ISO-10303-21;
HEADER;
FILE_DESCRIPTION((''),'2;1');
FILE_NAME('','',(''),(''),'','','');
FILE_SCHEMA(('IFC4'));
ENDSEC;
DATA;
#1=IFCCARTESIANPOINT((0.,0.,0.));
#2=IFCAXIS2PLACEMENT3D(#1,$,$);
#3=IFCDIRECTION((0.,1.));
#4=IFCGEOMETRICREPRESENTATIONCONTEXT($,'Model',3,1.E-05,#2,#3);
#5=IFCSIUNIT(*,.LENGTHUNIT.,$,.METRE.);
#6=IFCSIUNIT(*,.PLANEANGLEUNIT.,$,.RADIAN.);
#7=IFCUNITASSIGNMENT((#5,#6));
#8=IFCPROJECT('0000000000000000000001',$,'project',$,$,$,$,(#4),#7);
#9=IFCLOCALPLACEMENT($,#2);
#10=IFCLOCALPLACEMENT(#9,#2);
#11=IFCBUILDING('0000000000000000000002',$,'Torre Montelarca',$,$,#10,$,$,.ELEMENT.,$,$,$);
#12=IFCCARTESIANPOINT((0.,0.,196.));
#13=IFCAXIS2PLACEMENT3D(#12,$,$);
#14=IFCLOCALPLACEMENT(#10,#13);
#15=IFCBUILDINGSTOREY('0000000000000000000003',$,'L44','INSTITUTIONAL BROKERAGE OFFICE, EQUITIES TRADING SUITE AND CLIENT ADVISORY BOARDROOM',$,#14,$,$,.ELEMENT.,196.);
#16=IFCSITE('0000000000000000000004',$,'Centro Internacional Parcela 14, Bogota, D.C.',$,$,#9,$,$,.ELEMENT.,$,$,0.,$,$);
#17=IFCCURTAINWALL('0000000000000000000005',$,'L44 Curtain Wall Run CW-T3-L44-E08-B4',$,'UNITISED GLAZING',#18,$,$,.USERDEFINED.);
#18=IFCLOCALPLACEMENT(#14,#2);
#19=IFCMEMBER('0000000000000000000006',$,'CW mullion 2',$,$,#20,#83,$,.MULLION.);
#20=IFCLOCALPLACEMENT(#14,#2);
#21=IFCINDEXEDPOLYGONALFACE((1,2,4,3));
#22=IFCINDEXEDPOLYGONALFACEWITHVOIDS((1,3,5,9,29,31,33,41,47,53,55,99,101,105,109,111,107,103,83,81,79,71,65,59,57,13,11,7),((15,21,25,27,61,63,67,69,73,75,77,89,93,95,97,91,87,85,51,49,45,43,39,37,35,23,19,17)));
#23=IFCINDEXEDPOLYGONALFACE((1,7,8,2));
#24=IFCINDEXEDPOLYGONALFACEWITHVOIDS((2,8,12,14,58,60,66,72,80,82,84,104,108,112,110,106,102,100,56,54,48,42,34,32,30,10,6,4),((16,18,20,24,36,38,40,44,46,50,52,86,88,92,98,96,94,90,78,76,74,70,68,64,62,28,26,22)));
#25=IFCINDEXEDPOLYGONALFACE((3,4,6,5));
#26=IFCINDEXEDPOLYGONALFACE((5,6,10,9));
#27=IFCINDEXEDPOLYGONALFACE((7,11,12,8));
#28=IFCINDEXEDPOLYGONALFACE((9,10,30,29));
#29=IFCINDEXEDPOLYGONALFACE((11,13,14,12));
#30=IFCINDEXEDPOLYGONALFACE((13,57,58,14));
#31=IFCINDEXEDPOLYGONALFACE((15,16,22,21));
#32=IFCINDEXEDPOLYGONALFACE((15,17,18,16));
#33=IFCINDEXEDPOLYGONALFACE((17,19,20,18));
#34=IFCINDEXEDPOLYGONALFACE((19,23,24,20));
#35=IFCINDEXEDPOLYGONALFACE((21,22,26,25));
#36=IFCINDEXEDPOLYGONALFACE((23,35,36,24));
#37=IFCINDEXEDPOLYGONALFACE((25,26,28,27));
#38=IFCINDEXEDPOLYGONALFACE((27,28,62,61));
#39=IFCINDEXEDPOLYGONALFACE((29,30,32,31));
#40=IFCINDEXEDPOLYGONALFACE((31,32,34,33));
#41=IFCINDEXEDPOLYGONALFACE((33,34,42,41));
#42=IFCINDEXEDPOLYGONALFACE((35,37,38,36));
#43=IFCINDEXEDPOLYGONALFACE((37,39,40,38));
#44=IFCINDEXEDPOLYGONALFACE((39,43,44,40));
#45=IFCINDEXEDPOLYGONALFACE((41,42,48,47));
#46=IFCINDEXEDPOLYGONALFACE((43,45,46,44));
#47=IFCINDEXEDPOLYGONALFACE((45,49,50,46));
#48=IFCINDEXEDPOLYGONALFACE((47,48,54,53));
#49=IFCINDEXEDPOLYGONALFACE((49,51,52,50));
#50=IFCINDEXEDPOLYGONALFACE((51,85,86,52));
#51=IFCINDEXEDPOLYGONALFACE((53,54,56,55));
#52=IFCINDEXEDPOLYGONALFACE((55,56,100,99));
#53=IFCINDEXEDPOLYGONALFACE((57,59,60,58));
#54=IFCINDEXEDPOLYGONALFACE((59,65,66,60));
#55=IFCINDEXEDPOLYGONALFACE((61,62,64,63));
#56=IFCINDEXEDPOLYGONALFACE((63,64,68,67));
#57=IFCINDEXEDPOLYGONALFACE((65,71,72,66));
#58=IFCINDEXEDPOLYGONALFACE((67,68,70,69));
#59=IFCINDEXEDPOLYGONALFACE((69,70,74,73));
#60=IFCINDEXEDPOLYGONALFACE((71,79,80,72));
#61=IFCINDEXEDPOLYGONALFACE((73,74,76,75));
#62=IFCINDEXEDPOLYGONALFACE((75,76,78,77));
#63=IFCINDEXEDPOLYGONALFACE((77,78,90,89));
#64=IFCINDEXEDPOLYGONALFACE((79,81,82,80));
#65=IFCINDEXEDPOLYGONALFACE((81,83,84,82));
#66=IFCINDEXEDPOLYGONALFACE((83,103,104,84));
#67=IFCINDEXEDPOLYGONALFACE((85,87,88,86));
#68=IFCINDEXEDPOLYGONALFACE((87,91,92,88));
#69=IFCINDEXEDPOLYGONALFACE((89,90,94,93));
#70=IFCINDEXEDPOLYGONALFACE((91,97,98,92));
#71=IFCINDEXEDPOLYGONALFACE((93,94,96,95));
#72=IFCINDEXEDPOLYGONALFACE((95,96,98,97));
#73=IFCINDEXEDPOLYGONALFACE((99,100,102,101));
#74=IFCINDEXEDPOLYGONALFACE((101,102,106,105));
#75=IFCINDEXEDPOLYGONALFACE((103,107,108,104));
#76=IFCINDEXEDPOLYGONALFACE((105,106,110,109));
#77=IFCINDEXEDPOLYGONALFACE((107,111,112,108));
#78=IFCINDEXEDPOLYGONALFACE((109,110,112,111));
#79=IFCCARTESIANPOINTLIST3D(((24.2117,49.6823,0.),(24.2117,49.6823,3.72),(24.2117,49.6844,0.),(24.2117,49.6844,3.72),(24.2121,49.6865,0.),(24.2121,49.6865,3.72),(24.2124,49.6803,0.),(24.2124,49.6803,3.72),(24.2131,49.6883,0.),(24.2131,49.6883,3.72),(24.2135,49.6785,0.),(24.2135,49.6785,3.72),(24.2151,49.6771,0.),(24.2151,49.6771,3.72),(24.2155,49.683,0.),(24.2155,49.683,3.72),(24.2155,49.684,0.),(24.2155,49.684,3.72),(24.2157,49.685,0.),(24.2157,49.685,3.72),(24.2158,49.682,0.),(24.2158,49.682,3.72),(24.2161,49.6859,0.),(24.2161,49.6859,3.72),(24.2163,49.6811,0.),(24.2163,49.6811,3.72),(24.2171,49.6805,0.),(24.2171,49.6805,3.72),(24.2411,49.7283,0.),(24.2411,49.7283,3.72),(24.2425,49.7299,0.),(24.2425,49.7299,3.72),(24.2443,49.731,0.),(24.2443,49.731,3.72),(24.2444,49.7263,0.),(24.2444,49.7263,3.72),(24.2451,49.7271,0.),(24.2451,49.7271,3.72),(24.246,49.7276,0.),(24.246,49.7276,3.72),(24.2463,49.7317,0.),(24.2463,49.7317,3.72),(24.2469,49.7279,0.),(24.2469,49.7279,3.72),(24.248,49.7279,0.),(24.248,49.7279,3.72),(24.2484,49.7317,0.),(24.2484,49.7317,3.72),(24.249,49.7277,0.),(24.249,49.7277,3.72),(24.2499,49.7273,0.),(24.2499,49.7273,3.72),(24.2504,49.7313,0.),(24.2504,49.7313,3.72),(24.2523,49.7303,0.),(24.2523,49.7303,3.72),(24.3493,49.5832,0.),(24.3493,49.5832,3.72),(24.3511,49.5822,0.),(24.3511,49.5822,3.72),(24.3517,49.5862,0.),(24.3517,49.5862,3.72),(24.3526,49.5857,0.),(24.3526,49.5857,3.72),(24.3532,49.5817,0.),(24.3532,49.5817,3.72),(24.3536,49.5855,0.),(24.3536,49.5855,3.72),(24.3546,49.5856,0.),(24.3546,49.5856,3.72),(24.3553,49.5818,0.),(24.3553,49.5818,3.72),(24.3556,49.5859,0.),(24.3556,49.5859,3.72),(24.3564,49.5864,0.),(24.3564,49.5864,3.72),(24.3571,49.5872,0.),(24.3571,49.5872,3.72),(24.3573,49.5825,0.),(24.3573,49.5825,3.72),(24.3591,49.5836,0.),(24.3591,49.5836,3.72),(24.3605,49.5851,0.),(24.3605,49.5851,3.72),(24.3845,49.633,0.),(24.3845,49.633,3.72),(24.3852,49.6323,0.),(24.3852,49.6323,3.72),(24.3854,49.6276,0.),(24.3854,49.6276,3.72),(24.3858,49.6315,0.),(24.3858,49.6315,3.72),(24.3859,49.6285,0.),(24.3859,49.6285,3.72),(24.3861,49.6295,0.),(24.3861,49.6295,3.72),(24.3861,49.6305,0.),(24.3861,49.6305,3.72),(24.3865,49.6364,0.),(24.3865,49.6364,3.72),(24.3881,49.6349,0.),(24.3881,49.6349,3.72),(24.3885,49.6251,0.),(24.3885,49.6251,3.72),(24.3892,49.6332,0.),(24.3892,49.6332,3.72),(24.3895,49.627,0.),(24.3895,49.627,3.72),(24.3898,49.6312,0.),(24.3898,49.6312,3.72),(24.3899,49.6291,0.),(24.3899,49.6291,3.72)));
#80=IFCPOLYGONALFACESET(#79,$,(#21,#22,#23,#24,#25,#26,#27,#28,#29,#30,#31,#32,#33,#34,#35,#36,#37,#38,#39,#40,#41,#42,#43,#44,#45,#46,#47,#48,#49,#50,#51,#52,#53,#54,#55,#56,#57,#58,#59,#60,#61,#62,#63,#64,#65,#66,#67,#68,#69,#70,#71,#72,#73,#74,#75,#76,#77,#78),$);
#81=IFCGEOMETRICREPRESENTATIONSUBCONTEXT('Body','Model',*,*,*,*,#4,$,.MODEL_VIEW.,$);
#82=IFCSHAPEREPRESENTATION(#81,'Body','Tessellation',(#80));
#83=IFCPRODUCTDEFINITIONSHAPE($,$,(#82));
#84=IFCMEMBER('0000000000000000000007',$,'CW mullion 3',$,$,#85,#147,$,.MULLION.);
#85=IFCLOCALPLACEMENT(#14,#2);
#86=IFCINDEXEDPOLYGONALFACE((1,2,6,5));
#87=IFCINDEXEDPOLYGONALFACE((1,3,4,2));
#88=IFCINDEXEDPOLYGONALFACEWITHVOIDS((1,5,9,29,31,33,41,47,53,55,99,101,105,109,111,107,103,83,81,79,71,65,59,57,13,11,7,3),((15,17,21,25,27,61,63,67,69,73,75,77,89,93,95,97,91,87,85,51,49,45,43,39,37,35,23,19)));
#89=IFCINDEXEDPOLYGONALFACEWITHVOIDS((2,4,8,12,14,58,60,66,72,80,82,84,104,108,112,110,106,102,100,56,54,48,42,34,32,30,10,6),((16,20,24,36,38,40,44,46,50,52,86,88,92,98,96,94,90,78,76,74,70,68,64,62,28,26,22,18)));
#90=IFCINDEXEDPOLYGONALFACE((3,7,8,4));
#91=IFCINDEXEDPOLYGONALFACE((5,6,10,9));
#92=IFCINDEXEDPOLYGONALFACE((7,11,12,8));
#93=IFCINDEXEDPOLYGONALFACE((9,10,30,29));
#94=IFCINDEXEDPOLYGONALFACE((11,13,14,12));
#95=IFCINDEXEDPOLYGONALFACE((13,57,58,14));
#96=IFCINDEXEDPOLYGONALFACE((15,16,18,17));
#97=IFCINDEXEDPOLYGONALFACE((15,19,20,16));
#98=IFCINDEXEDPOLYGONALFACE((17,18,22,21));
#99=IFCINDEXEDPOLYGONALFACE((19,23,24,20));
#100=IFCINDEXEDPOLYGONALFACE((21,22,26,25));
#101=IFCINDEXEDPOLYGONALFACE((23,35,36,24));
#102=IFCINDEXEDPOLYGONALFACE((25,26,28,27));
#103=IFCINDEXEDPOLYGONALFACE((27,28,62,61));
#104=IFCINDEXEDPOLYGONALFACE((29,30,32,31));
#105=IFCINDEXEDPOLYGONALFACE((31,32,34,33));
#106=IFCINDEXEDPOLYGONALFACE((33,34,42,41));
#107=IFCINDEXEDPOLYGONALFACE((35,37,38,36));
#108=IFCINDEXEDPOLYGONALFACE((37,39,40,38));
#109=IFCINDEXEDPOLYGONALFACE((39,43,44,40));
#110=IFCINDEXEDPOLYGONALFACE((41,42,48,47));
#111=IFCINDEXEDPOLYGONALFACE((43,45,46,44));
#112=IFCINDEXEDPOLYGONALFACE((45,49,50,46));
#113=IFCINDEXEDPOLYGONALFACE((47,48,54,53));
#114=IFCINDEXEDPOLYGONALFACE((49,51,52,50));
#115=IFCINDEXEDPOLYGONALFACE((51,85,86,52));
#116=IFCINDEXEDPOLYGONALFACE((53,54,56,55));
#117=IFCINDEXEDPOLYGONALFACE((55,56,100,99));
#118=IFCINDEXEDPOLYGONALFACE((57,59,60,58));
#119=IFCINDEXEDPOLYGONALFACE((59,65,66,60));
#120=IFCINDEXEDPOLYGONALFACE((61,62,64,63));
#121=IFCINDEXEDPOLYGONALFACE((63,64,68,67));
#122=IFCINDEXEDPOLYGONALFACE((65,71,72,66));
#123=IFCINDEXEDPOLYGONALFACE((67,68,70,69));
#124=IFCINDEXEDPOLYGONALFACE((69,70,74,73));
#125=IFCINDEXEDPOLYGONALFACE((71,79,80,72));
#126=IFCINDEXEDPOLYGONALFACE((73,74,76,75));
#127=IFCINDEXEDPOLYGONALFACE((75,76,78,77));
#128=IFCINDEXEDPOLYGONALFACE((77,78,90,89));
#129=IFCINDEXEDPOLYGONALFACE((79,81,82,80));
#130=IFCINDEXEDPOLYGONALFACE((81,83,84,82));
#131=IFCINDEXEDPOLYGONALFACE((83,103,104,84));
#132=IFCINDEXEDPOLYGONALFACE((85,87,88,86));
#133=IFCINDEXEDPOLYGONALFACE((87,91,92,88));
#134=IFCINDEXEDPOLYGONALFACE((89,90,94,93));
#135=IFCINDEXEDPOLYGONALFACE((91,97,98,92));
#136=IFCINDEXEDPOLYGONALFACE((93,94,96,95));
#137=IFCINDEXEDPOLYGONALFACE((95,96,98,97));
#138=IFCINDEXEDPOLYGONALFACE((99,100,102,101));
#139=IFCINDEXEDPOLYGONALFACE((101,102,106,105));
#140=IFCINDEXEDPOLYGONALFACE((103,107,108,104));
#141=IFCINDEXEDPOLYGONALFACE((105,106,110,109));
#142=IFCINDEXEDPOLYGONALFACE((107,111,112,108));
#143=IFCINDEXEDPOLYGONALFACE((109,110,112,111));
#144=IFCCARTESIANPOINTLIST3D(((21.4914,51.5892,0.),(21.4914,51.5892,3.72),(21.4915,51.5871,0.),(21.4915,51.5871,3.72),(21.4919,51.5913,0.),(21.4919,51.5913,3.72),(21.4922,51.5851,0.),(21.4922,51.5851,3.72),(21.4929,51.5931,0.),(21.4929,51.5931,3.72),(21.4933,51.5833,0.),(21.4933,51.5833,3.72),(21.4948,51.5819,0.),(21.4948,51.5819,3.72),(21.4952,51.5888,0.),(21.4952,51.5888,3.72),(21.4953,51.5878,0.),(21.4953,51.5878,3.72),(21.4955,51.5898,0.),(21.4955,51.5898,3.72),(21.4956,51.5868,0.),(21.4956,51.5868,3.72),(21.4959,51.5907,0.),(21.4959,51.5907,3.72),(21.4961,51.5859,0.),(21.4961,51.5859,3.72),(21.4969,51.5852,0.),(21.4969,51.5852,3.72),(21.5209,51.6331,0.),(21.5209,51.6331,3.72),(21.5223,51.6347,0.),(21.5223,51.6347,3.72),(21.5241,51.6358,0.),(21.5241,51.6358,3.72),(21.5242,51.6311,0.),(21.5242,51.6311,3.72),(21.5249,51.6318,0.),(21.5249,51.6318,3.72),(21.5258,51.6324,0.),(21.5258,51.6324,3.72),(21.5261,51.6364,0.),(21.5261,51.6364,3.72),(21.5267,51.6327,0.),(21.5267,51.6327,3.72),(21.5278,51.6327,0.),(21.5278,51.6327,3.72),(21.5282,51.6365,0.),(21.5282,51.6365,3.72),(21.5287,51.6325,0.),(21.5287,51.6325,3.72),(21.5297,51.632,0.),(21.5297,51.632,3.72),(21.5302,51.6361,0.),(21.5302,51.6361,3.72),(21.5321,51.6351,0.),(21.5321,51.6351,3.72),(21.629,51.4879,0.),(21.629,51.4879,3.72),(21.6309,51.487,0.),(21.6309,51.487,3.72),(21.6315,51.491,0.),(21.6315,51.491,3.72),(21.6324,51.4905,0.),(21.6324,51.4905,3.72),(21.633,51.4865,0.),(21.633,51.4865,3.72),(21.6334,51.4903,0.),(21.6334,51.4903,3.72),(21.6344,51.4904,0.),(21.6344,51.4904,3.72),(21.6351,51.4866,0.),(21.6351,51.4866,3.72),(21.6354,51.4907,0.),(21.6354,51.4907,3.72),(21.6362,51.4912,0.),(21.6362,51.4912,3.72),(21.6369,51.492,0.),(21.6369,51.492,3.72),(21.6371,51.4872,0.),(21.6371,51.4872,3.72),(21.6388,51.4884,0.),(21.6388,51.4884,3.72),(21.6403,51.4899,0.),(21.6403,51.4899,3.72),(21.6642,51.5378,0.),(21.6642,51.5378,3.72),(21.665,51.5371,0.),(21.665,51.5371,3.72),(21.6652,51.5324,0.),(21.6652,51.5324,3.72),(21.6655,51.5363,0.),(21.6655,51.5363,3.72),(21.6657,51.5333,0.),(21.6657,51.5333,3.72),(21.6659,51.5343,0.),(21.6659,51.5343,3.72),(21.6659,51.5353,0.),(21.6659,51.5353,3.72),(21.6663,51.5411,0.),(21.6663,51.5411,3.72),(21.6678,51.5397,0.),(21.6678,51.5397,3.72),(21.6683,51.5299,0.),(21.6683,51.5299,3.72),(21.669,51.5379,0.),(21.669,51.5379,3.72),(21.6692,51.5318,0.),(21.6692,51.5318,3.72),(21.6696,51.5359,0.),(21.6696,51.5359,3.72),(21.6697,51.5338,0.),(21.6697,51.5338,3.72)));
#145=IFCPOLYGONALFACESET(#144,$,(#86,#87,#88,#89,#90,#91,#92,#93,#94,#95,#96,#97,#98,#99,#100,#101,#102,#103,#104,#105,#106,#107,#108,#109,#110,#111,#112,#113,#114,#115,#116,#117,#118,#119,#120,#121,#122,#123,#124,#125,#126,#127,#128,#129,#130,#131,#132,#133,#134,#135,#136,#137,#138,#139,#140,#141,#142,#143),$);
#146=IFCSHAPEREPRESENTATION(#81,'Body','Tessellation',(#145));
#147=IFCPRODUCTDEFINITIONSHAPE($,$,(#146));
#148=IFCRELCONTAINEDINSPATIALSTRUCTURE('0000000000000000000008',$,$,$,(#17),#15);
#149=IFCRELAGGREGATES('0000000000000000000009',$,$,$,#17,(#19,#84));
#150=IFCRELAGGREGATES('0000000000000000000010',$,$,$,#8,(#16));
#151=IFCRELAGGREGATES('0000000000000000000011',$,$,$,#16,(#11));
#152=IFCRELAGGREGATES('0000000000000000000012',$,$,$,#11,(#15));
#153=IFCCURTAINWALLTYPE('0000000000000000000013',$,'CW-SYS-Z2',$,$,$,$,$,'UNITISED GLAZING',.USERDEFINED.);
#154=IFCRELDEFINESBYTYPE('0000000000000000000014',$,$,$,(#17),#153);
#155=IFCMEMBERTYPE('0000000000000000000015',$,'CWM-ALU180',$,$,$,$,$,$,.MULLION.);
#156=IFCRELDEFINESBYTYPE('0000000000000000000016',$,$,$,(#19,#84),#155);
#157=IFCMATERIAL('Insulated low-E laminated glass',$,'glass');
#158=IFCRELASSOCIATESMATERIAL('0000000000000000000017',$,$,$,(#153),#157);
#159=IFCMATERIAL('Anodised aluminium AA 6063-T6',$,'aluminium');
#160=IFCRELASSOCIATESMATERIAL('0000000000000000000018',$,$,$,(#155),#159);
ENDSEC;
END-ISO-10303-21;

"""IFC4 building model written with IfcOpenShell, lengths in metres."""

from ifc_helpers import new_model, si_unit, direction, frame, origin, origin_2d, place, context, subcontext, project, spatial, hollow_rectangle, extrude, source, transform, mapped, material, material_profile, profile_set, type_object, element, aggregate, save


model = new_model("IFC4")

# Units and contexts
model_context = context("Model", 3, precision=1e-05, world=origin(), true_north=direction((0.0, 1.0)))
body_context = subcontext(model_context, "Body", "Model", "MODEL_VIEW")
ifc_project = project(units=[si_unit("LENGTHUNIT", "METRE"), si_unit("PLANEANGLEUNIT", "RADIAN")], contexts=[model_context])

# Site, building, storey
site_placement = place(None, origin())
site = spatial("IfcSite", under=ifc_project, at=site_placement, Name="Centro Internacional Parcela 14, Bogota, D.C.", CompositionType="ELEMENT", RefElevation=0.0)
building_placement = place(site_placement, origin())
building = spatial("IfcBuilding", under=site, at=building_placement, Name="Torre Montelarca", CompositionType="ELEMENT")
storey_placement = place(building_placement, frame((0.0, 0.0, 196.0)))
storey = spatial("IfcBuildingStorey", under=building, at=storey_placement, Name="L44", Description="INSTITUTIONAL BROKERAGE OFFICE, EQUITIES TRADING SUITE AND CLIENT ADVISORY BOARDROOM", CompositionType="ELEMENT", Elevation=196.0)

# Shared definitions
ifc_material_1 = material(Name="Insulated low-E laminated glass", Category="glass")
curtain_wall_type = type_object("IfcCurtainWallType", Name="CW-SYS-Z2", ElementType="UNITISED GLAZING", PredefinedType="USERDEFINED", material=ifc_material_1)
ifc_material_2 = material(Name="Anodised aluminium AA 6063-T6", Category="aluminium")
ifc_material_profile_1 = material_profile(ifc_material_2, hollow_rectangle(XDim=0.0649, YDim=0.1799, WallThickness=0.0039, InnerFilletRadius=0.0039, OuterFilletRadius=0.0081, at=origin_2d()), Name="ALU65X180X4", Category="aluminium")
ifc_profile_set_1 = profile_set([ifc_material_profile_1], Name="Anodised aluminium AA 6063-T6")
member_type_1 = type_object("IfcMemberType", Name="CWM-ALU180", PredefinedType="MULLION", material=ifc_profile_set_1)
shared_shape_1 = source(origin(), body_context, "Body", "SweptSolid", [
    extrude(hollow_rectangle(XDim=0.0649, YDim=0.1799, WallThickness=0.0039, InnerFilletRadius=0.0039, OuterFilletRadius=0.0081, at=origin_2d()), origin(), (0.0, 0.0, 1.0), 3.72),
])

# Curtain wall, members
curtain_wall_1_placement = place(storey_placement, origin())
curtain_wall_1 = element("IfcCurtainWall", 1, at=curtain_wall_1_placement, inside=storey, type_object=curtain_wall_type, Name="L44 Curtain Wall Run CW-T3-L44-E08-B4", ObjectType="UNITISED GLAZING", PredefinedType="USERDEFINED")
member_1_placement = place(storey_placement, frame((24.3008, 49.6567, 0.0), z_axis=(0.0, 0.0, 1.0), x_axis=(-0.573573, -0.819154, 0.0)))
member_1 = element("IfcMember", 2, at=member_1_placement, type_object=member_type_1, Name="CW mullion 2", PredefinedType="MULLION", context=body_context, shape_type="MappedRepresentation", body=[
    mapped(shared_shape_1, transform((0.0, 0.0, 0.0), scale=1.0)),
])
member_2_placement = place(storey_placement, frame((21.5806, 51.5615, 0.0), z_axis=(0.0, 0.0, 1.0), x_axis=(-0.573573, -0.819154, 0.0)))
member_2 = element("IfcMember", 3, at=member_2_placement, type_object=member_type_1, Name="CW mullion 3", PredefinedType="MULLION", context=body_context, shape_type="MappedRepresentation", body=[
    mapped(shared_shape_1, transform((0.0, 0.0, 0.0), scale=1.0)),
])

aggregate(curtain_wall_1, [member_1, member_2])

save(model, "model.ifc")
